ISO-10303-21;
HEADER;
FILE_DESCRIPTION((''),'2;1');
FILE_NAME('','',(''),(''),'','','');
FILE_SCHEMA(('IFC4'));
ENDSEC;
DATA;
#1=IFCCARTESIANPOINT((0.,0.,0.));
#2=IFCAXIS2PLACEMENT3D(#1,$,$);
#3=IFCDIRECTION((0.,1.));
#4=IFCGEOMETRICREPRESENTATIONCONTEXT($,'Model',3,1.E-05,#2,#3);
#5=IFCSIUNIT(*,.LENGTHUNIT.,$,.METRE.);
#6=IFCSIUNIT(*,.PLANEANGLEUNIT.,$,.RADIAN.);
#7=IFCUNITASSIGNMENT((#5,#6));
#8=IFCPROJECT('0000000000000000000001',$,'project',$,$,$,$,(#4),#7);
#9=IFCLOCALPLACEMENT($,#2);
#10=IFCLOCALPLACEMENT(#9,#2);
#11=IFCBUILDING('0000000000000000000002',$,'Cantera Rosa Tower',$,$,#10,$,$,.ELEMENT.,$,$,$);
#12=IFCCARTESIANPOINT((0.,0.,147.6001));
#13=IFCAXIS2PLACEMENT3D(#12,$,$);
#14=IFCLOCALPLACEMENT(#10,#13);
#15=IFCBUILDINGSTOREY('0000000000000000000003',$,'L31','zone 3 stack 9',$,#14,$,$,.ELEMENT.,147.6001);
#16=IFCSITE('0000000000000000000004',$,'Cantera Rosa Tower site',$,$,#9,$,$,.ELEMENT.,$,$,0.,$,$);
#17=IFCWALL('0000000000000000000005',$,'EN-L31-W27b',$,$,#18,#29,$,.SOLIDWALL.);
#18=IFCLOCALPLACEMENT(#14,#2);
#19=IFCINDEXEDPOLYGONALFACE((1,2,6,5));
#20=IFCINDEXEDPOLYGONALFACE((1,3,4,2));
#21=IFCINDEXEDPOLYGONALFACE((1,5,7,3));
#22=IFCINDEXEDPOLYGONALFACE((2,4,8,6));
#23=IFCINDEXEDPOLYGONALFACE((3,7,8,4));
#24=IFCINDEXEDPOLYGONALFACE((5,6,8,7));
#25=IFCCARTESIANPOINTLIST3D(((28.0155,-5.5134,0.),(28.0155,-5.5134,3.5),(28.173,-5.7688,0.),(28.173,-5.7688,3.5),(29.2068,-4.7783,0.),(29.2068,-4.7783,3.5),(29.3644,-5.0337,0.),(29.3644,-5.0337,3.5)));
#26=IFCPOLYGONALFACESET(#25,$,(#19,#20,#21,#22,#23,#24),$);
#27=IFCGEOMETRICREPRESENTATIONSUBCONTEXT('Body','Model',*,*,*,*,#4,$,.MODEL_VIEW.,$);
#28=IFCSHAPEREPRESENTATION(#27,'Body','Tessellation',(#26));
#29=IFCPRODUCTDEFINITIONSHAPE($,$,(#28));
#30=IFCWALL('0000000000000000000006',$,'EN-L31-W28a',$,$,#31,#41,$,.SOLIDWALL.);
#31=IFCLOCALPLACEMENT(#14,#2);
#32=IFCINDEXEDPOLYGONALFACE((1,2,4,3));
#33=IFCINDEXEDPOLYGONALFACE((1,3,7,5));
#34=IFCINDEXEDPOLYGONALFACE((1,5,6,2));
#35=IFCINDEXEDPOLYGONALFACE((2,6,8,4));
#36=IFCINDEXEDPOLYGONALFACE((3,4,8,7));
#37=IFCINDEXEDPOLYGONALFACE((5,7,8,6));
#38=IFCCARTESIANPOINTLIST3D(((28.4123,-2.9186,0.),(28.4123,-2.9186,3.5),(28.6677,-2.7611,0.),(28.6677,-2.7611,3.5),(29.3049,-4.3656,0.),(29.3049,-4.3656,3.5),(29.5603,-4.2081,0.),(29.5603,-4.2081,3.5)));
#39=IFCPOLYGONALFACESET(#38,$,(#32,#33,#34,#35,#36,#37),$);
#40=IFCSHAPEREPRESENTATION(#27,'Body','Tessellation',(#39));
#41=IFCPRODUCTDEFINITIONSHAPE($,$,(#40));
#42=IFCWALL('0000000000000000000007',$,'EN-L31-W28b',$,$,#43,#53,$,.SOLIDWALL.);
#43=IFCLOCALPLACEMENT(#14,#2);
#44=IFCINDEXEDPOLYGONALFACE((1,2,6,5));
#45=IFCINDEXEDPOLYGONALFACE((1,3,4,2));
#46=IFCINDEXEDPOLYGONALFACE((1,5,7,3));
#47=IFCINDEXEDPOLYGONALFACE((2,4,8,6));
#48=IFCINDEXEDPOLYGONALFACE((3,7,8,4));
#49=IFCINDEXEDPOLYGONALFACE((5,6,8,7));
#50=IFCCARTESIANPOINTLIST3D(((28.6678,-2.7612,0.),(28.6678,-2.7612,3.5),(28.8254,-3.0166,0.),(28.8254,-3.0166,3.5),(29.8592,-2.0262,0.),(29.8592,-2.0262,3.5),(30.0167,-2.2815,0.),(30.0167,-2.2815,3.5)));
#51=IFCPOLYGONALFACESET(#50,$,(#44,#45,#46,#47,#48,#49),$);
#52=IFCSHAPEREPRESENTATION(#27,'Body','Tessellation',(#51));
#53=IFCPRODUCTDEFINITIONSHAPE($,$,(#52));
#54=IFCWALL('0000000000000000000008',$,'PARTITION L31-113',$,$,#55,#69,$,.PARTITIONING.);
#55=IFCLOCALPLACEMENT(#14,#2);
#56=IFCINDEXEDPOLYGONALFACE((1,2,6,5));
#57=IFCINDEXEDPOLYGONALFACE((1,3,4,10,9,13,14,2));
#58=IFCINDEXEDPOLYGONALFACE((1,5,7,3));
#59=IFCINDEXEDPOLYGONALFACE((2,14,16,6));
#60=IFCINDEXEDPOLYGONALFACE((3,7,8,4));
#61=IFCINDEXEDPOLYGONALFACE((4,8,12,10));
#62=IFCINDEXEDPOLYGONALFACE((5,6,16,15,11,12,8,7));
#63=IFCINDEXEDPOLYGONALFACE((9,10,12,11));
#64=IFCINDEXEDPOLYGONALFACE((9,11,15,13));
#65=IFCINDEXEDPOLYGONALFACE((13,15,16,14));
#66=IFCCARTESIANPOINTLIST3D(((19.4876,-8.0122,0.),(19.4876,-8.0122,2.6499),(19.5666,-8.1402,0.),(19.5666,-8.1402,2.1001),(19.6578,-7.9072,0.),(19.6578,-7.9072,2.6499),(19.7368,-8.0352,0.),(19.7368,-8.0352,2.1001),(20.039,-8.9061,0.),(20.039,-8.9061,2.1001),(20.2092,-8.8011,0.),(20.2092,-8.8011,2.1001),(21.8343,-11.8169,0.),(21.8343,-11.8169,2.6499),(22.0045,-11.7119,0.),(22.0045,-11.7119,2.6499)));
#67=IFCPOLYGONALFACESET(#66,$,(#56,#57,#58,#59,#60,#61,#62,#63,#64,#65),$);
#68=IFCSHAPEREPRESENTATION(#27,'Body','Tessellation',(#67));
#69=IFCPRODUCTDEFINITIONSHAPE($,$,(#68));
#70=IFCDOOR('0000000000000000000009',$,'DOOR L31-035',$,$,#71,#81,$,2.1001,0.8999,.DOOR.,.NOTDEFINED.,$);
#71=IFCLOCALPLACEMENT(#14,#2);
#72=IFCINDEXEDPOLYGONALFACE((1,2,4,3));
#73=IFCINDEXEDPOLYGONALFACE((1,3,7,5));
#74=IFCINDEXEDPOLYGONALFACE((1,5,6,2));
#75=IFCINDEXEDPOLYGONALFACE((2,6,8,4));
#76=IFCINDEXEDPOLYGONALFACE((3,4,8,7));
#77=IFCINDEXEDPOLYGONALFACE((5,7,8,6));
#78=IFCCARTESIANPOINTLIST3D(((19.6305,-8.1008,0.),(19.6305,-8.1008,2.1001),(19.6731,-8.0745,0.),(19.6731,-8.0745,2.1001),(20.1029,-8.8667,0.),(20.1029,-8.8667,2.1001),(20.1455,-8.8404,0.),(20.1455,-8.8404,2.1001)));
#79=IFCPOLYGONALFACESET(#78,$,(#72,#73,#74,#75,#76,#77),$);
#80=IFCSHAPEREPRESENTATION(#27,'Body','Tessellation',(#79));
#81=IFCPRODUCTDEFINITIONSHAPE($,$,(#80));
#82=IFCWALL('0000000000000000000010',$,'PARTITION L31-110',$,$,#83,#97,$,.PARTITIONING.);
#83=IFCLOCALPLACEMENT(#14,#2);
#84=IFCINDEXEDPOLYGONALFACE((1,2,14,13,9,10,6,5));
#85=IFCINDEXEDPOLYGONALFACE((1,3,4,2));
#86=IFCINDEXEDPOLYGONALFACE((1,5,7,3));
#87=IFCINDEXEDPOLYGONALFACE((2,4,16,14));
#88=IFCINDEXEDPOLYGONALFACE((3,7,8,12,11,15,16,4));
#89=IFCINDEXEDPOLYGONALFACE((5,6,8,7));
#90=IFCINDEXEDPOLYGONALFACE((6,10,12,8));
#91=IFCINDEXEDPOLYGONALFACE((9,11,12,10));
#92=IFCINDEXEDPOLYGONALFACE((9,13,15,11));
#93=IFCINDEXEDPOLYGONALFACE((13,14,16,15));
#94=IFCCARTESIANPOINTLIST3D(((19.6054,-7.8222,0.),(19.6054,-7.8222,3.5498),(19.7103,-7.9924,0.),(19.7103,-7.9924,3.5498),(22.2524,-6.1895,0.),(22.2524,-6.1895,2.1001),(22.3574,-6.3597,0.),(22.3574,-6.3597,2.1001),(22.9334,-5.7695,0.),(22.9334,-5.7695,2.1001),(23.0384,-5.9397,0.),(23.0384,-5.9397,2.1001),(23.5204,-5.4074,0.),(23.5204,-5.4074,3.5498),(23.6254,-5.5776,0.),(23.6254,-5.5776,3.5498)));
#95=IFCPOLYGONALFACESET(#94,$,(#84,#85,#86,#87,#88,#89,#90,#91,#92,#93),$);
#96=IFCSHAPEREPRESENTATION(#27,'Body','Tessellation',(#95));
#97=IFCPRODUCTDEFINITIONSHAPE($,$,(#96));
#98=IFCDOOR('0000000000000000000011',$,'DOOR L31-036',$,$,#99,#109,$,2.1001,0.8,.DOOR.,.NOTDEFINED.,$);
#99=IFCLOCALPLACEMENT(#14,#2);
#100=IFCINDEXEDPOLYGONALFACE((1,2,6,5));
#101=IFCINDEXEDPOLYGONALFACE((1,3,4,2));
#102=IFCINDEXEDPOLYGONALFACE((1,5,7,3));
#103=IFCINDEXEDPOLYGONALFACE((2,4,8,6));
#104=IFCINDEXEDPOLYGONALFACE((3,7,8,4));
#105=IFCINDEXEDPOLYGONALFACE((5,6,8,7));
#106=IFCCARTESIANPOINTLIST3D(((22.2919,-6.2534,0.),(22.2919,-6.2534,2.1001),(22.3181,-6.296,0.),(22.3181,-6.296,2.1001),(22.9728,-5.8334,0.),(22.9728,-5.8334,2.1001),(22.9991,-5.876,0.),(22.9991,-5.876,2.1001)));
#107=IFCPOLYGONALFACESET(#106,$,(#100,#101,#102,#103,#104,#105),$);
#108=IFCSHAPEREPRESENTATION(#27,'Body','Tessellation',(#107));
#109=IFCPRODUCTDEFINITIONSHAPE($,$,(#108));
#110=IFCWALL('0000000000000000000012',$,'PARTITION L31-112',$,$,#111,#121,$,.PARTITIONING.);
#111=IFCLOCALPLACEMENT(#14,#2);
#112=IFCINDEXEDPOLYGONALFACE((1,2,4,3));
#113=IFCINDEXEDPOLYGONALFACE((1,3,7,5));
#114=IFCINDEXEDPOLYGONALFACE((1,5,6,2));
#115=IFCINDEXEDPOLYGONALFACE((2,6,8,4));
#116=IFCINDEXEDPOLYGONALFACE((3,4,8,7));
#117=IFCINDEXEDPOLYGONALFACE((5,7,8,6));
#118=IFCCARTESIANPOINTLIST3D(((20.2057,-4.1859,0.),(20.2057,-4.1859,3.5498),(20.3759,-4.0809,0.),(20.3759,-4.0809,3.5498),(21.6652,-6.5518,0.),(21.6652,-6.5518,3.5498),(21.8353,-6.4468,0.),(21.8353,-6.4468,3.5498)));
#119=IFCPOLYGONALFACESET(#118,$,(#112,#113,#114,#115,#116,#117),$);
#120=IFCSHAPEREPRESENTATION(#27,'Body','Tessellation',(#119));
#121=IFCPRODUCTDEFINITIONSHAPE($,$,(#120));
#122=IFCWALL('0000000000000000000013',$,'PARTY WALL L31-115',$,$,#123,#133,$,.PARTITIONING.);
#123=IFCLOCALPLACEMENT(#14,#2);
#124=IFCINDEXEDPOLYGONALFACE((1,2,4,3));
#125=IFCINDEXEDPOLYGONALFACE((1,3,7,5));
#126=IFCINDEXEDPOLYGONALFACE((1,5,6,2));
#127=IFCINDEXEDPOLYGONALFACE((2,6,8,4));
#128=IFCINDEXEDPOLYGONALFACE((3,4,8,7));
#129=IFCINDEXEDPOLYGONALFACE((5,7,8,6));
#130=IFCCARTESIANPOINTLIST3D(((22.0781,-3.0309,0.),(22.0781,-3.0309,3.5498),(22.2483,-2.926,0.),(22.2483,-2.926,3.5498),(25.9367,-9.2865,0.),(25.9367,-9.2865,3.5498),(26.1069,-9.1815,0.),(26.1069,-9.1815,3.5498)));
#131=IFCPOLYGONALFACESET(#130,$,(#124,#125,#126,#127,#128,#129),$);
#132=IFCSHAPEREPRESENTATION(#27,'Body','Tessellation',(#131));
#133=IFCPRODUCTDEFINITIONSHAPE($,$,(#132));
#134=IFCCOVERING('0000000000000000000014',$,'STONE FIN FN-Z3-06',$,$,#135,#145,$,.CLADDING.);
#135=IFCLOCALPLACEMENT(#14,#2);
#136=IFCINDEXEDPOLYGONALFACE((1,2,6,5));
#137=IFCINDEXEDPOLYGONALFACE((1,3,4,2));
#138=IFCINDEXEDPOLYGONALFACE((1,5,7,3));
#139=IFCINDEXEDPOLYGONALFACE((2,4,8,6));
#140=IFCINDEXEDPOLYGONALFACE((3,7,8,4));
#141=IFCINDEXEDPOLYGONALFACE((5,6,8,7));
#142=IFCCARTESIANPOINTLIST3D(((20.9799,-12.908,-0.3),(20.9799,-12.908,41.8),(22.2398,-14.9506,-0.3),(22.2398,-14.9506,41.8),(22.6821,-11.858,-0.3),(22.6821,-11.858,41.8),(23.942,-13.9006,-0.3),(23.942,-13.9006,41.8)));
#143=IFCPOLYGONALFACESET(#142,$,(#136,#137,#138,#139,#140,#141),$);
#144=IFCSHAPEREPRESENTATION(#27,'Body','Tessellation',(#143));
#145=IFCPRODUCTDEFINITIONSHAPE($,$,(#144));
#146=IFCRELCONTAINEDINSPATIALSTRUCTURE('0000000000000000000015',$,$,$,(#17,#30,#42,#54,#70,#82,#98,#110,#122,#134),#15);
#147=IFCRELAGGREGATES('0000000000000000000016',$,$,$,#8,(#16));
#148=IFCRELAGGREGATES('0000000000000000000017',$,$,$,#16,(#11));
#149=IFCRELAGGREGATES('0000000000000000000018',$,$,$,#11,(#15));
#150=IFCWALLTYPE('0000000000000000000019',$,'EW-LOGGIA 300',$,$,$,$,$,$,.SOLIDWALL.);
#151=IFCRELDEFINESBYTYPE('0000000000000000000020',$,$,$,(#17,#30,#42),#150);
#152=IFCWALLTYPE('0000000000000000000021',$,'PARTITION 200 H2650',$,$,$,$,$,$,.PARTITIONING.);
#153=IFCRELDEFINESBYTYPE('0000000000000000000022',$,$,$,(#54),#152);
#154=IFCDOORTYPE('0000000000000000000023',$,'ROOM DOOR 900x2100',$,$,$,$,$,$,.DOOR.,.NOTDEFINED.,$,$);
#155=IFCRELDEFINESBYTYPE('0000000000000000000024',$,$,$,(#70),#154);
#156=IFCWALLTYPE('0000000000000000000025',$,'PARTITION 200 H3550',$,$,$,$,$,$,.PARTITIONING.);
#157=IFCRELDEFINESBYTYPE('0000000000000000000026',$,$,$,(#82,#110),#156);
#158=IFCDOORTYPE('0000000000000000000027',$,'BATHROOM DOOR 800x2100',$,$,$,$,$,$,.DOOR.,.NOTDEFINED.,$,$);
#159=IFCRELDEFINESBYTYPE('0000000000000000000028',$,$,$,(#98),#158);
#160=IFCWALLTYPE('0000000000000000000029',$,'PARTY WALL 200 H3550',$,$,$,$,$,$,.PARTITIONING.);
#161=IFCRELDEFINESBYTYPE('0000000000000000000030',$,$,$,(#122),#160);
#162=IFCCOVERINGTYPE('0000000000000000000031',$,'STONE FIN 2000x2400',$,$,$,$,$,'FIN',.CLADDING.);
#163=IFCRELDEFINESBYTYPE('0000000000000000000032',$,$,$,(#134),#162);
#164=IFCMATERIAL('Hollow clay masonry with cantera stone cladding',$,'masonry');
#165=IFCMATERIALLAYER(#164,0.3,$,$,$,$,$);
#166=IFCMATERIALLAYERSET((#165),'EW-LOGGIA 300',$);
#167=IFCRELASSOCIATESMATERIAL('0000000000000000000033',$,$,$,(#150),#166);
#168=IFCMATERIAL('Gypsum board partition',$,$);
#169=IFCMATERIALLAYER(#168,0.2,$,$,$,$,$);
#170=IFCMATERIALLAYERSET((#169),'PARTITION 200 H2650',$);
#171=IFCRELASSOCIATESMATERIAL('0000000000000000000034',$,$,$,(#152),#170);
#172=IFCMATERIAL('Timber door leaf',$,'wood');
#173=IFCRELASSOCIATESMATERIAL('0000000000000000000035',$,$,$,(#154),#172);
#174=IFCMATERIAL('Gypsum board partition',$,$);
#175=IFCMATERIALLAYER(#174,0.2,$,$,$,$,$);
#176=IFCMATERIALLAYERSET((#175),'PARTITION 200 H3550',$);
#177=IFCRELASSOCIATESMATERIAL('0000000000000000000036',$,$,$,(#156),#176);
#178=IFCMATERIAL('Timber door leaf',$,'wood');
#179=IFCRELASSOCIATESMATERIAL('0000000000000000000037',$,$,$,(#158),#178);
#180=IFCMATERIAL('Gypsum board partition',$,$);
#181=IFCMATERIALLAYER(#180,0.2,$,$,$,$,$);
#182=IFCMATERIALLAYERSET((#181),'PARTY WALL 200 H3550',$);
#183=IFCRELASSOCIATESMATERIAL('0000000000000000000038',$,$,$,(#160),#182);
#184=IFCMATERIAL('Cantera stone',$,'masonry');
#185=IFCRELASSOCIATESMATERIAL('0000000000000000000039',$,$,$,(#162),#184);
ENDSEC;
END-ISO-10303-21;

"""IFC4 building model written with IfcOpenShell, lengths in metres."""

from ifc_helpers import new_model, si_unit, direction, frame, frame_2d, origin, origin_2d, place, context, subcontext, project, spatial, rectangle, extrude, material, layer, layer_set, type_object, element, fill, save


model = new_model("IFC4")

# Units and contexts
model_context = context("Model", 3, precision=1e-05, world=origin(), true_north=direction((0.0, 1.0)))
body_context = subcontext(model_context, "Body", "Model", "MODEL_VIEW")
ifc_project = project(units=[si_unit("LENGTHUNIT", "METRE"), si_unit("PLANEANGLEUNIT", "RADIAN")], contexts=[model_context])

# Site, building, storey
site_placement = place(None, origin())
site = spatial("IfcSite", under=ifc_project, at=site_placement, Name="Cantera Rosa Tower site", CompositionType="ELEMENT", RefElevation=0.0)
building_placement = place(site_placement, origin())
building = spatial("IfcBuilding", under=site, at=building_placement, Name="Cantera Rosa Tower", CompositionType="ELEMENT")
storey_placement = place(building_placement, frame((0.0, 0.0, 147.6001)))
storey = spatial("IfcBuildingStorey", under=building, at=storey_placement, Name="L31", Description="zone 3 stack 9", CompositionType="ELEMENT", Elevation=147.6001)

# Walls
ifc_material_1 = material(Name="Hollow clay masonry with cantera stone cladding", Category="masonry")
ifc_layer_1 = layer(ifc_material_1, 0.3)
ifc_layer_set_1 = layer_set([ifc_layer_1], Name="EW-LOGGIA 300")
wall_type_1 = type_object("IfcWallType", Name="EW-LOGGIA 300", PredefinedType="SOLIDWALL", material=ifc_layer_set_1)
wall_1_placement = place(storey_placement, frame((28.0942, -5.6411, 0.0), z_axis=(0.0, 0.0, 1.0), x_axis=(0.851041, 0.525099, 0.0)))
element("IfcWall", 1, at=wall_1_placement, inside=storey, type_object=wall_type_1, Name="EN-L31-W27b", PredefinedType="SOLIDWALL", context=body_context, shape_type="SweptSolid", body=[
    extrude(rectangle(XDim=1.3999, YDim=0.3, at=frame_2d((0.7, 0.0))), origin(), (0.0, 0.0, 1.0), 3.5),
])
wall_2_placement = place(storey_placement, frame((29.4326, -4.2869, 0.0), z_axis=(0.0, 0.0, 1.0), x_axis=(-0.524994, 0.851106, 0.0)))
element("IfcWall", 2, at=wall_2_placement, inside=storey, type_object=wall_type_1, Name="EN-L31-W28a", PredefinedType="SOLIDWALL", context=body_context, shape_type="SweptSolid", body=[
    extrude(rectangle(XDim=1.7002, YDim=0.3, at=frame_2d((0.8501, 0.0))), origin(), (0.0, 0.0, 1.0), 3.5),
])
wall_3_placement = place(storey_placement, frame((28.7466, -2.8889, 0.0), z_axis=(0.0, 0.0, 1.0), x_axis=(0.851041, 0.525099, 0.0)))
element("IfcWall", 3, at=wall_3_placement, inside=storey, type_object=wall_type_1, Name="EN-L31-W28b", PredefinedType="SOLIDWALL", context=body_context, shape_type="SweptSolid", body=[
    extrude(rectangle(XDim=1.3999, YDim=0.3, at=frame_2d((0.7, 0.0))), origin(), (0.0, 0.0, 1.0), 3.5),
])

# Walls, openings, doors
ifc_material_2 = material(Name="Gypsum board partition")
ifc_layer_2 = layer(ifc_material_2, 0.2)
ifc_layer_set_2 = layer_set([ifc_layer_2], Name="PARTITION 200 H2650")
wall_type_2 = type_object("IfcWallType", Name="PARTITION 200 H2650", PredefinedType="PARTITIONING", material=ifc_layer_set_2)
wall_4_placement = place(storey_placement, frame((21.9194, -11.7644, 0.0), z_axis=(0.0, 0.0, 1.0), x_axis=(-0.524963, 0.851125, 0.0)))
wall_4 = element("IfcWall", 4, at=wall_4_placement, inside=storey, type_object=wall_type_2, Name="PARTITION L31-113", PredefinedType="PARTITIONING", context=body_context, shape_type="SweptSolid", body=[
    extrude(rectangle(XDim=4.4702, YDim=0.2, at=frame_2d((2.2351, 0.0))), origin(), (0.0, 0.0, 1.0), 2.6499),
])
opening_1_placement = place(wall_4_placement, frame((3.4199, 0.0, 0.0)))
opening_1 = element("IfcOpeningElement", 5, at=opening_1_placement, cuts=wall_4, PredefinedType="OPENING", context=body_context, shape_type="SweptSolid", body=[
    extrude(rectangle(XDim=0.8999, YDim=2.1001, at=frame_2d((0.45, 1.05))), frame((0.0, 0.1099, 0.0), z_axis=(0.0, -1.0, 0.0), x_axis=(1.0, 0.0, 0.0)), (0.0, 0.0, 1.0), 0.22),
])
ifc_material_3 = material(Name="Timber door leaf", Category="wood")
door_type_1 = type_object("IfcDoorType", Name="ROOM DOOR 900x2100", OperationType="NOTDEFINED", PredefinedType="DOOR", material=ifc_material_3)
door_1_placement = place(opening_1_placement, origin())
door_1 = element("IfcDoor", 6, at=door_1_placement, inside=storey, type_object=door_type_1, Name="DOOR L31-035", OperationType="NOTDEFINED", OverallHeight=2.1001, OverallWidth=0.8999, PredefinedType="DOOR", context=body_context, shape_type="SweptSolid", body=[
    extrude(rectangle(XDim=0.8999, YDim=2.1001, at=frame_2d((0.45, 1.05))), frame((0.0, 0.0249, 0.0), z_axis=(0.0, -1.0, 0.0), x_axis=(1.0, 0.0, 0.0)), (0.0, 0.0, 1.0), 0.05),
])
fill(opening_1, door_1)
ifc_material_4 = material(Name="Gypsum board partition")
ifc_layer_3 = layer(ifc_material_4, 0.2)
ifc_layer_set_3 = layer_set([ifc_layer_3], Name="PARTITION 200 H3550")
wall_type_3 = type_object("IfcWallType", Name="PARTITION 200 H3550", PredefinedType="PARTITIONING", material=ifc_layer_set_3)
wall_5_placement = place(storey_placement, frame((19.658, -7.9072, 0.0), z_axis=(0.0, 0.0, 1.0), x_axis=(0.85112, 0.524971, 0.0)))
wall_5 = element("IfcWall", 7, at=wall_5_placement, inside=storey, type_object=wall_type_3, Name="PARTITION L31-110", PredefinedType="PARTITIONING", context=body_context, shape_type="SweptSolid", body=[
    extrude(rectangle(XDim=4.5999, YDim=0.2, at=frame_2d((2.2998, 0.0))), origin(), (0.0, 0.0, 1.0), 3.5498),
])
opening_2_placement = place(wall_5_placement, frame((3.1101, 0.0, 0.0)))
opening_2 = element("IfcOpeningElement", 8, at=opening_2_placement, cuts=wall_5, PredefinedType="OPENING", context=body_context, shape_type="SweptSolid", body=[
    extrude(rectangle(XDim=0.8, YDim=2.1001, at=frame_2d((0.3999, 1.05))), frame((0.0, 0.1099, 0.0), z_axis=(0.0, -1.0, 0.0), x_axis=(1.0, 0.0, 0.0)), (0.0, 0.0, 1.0), 0.22),
])
ifc_material_5 = material(Name="Timber door leaf", Category="wood")
door_type_2 = type_object("IfcDoorType", Name="BATHROOM DOOR 800x2100", OperationType="NOTDEFINED", PredefinedType="DOOR", material=ifc_material_5)
door_2_placement = place(opening_2_placement, origin())
door_2 = element("IfcDoor", 9, at=door_2_placement, inside=storey, type_object=door_type_2, Name="DOOR L31-036", OperationType="NOTDEFINED", OverallHeight=2.1001, OverallWidth=0.8, PredefinedType="DOOR", context=body_context, shape_type="SweptSolid", body=[
    extrude(rectangle(XDim=0.8, YDim=2.1001, at=frame_2d((0.3999, 1.05))), frame((0.0, 0.0249, 0.0), z_axis=(0.0, -1.0, 0.0), x_axis=(1.0, 0.0, 0.0)), (0.0, 0.0, 1.0), 0.05),
])
fill(opening_2, door_2)

# Walls
wall_6_placement = place(storey_placement, frame((21.7502, -6.4993, 0.0), z_axis=(0.0, 0.0, 1.0), x_axis=(-0.525009, 0.851097, 0.0)))
element("IfcWall", 10, at=wall_6_placement, inside=storey, type_object=wall_type_3, Name="PARTITION L31-112", PredefinedType="PARTITIONING", context=body_context, shape_type="SweptSolid", body=[
    extrude(rectangle(XDim=2.7798, YDim=0.2, at=frame_2d((1.3899, 0.0))), origin(), (0.0, 0.0, 1.0), 3.5498),
])
ifc_material_6 = material(Name="Gypsum board partition")
ifc_layer_4 = layer(ifc_material_6, 0.2)
ifc_layer_set_4 = layer_set([ifc_layer_4], Name="PARTY WALL 200 H3550")
wall_type_4 = type_object("IfcWallType", Name="PARTY WALL 200 H3550", PredefinedType="PARTITIONING", material=ifc_layer_set_4)
wall_7_placement = place(storey_placement, frame((26.0217, -9.2339, 0.0), z_axis=(0.0, 0.0, 1.0), x_axis=(-0.524989, 0.851109, 0.0)))
element("IfcWall", 11, at=wall_7_placement, inside=storey, type_object=wall_type_4, Name="PARTY WALL L31-115", PredefinedType="PARTITIONING", context=body_context, shape_type="SweptSolid", body=[
    extrude(rectangle(XDim=7.3499, YDim=0.2, at=frame_2d((3.6748, 0.0))), origin(), (0.0, 0.0, 1.0), 3.5498),
])

# Covering
ifc_material_7 = material(Name="Cantera stone", Category="masonry")
covering_type = type_object("IfcCoveringType", Name="STONE FIN 2000x2400", ElementType="FIN", PredefinedType="CLADDING", material=ifc_material_7)
covering_placement = place(storey_placement, frame((22.4609, -13.4043, -0.3), z_axis=(0.0, 0.0, 1.0), x_axis=(0.851117, 0.524977, 0.0)))
element("IfcCovering", 12, at=covering_placement, inside=storey, type_object=covering_type, Name="STONE FIN FN-Z3-06", PredefinedType="CLADDING", context=body_context, shape_type="SweptSolid", body=[
    extrude(rectangle(XDim=2.0, YDim=2.3999, at=origin_2d()), origin(), (0.0, 0.0, 1.0), 42.1001),
])

save(model, "model.ifc")
